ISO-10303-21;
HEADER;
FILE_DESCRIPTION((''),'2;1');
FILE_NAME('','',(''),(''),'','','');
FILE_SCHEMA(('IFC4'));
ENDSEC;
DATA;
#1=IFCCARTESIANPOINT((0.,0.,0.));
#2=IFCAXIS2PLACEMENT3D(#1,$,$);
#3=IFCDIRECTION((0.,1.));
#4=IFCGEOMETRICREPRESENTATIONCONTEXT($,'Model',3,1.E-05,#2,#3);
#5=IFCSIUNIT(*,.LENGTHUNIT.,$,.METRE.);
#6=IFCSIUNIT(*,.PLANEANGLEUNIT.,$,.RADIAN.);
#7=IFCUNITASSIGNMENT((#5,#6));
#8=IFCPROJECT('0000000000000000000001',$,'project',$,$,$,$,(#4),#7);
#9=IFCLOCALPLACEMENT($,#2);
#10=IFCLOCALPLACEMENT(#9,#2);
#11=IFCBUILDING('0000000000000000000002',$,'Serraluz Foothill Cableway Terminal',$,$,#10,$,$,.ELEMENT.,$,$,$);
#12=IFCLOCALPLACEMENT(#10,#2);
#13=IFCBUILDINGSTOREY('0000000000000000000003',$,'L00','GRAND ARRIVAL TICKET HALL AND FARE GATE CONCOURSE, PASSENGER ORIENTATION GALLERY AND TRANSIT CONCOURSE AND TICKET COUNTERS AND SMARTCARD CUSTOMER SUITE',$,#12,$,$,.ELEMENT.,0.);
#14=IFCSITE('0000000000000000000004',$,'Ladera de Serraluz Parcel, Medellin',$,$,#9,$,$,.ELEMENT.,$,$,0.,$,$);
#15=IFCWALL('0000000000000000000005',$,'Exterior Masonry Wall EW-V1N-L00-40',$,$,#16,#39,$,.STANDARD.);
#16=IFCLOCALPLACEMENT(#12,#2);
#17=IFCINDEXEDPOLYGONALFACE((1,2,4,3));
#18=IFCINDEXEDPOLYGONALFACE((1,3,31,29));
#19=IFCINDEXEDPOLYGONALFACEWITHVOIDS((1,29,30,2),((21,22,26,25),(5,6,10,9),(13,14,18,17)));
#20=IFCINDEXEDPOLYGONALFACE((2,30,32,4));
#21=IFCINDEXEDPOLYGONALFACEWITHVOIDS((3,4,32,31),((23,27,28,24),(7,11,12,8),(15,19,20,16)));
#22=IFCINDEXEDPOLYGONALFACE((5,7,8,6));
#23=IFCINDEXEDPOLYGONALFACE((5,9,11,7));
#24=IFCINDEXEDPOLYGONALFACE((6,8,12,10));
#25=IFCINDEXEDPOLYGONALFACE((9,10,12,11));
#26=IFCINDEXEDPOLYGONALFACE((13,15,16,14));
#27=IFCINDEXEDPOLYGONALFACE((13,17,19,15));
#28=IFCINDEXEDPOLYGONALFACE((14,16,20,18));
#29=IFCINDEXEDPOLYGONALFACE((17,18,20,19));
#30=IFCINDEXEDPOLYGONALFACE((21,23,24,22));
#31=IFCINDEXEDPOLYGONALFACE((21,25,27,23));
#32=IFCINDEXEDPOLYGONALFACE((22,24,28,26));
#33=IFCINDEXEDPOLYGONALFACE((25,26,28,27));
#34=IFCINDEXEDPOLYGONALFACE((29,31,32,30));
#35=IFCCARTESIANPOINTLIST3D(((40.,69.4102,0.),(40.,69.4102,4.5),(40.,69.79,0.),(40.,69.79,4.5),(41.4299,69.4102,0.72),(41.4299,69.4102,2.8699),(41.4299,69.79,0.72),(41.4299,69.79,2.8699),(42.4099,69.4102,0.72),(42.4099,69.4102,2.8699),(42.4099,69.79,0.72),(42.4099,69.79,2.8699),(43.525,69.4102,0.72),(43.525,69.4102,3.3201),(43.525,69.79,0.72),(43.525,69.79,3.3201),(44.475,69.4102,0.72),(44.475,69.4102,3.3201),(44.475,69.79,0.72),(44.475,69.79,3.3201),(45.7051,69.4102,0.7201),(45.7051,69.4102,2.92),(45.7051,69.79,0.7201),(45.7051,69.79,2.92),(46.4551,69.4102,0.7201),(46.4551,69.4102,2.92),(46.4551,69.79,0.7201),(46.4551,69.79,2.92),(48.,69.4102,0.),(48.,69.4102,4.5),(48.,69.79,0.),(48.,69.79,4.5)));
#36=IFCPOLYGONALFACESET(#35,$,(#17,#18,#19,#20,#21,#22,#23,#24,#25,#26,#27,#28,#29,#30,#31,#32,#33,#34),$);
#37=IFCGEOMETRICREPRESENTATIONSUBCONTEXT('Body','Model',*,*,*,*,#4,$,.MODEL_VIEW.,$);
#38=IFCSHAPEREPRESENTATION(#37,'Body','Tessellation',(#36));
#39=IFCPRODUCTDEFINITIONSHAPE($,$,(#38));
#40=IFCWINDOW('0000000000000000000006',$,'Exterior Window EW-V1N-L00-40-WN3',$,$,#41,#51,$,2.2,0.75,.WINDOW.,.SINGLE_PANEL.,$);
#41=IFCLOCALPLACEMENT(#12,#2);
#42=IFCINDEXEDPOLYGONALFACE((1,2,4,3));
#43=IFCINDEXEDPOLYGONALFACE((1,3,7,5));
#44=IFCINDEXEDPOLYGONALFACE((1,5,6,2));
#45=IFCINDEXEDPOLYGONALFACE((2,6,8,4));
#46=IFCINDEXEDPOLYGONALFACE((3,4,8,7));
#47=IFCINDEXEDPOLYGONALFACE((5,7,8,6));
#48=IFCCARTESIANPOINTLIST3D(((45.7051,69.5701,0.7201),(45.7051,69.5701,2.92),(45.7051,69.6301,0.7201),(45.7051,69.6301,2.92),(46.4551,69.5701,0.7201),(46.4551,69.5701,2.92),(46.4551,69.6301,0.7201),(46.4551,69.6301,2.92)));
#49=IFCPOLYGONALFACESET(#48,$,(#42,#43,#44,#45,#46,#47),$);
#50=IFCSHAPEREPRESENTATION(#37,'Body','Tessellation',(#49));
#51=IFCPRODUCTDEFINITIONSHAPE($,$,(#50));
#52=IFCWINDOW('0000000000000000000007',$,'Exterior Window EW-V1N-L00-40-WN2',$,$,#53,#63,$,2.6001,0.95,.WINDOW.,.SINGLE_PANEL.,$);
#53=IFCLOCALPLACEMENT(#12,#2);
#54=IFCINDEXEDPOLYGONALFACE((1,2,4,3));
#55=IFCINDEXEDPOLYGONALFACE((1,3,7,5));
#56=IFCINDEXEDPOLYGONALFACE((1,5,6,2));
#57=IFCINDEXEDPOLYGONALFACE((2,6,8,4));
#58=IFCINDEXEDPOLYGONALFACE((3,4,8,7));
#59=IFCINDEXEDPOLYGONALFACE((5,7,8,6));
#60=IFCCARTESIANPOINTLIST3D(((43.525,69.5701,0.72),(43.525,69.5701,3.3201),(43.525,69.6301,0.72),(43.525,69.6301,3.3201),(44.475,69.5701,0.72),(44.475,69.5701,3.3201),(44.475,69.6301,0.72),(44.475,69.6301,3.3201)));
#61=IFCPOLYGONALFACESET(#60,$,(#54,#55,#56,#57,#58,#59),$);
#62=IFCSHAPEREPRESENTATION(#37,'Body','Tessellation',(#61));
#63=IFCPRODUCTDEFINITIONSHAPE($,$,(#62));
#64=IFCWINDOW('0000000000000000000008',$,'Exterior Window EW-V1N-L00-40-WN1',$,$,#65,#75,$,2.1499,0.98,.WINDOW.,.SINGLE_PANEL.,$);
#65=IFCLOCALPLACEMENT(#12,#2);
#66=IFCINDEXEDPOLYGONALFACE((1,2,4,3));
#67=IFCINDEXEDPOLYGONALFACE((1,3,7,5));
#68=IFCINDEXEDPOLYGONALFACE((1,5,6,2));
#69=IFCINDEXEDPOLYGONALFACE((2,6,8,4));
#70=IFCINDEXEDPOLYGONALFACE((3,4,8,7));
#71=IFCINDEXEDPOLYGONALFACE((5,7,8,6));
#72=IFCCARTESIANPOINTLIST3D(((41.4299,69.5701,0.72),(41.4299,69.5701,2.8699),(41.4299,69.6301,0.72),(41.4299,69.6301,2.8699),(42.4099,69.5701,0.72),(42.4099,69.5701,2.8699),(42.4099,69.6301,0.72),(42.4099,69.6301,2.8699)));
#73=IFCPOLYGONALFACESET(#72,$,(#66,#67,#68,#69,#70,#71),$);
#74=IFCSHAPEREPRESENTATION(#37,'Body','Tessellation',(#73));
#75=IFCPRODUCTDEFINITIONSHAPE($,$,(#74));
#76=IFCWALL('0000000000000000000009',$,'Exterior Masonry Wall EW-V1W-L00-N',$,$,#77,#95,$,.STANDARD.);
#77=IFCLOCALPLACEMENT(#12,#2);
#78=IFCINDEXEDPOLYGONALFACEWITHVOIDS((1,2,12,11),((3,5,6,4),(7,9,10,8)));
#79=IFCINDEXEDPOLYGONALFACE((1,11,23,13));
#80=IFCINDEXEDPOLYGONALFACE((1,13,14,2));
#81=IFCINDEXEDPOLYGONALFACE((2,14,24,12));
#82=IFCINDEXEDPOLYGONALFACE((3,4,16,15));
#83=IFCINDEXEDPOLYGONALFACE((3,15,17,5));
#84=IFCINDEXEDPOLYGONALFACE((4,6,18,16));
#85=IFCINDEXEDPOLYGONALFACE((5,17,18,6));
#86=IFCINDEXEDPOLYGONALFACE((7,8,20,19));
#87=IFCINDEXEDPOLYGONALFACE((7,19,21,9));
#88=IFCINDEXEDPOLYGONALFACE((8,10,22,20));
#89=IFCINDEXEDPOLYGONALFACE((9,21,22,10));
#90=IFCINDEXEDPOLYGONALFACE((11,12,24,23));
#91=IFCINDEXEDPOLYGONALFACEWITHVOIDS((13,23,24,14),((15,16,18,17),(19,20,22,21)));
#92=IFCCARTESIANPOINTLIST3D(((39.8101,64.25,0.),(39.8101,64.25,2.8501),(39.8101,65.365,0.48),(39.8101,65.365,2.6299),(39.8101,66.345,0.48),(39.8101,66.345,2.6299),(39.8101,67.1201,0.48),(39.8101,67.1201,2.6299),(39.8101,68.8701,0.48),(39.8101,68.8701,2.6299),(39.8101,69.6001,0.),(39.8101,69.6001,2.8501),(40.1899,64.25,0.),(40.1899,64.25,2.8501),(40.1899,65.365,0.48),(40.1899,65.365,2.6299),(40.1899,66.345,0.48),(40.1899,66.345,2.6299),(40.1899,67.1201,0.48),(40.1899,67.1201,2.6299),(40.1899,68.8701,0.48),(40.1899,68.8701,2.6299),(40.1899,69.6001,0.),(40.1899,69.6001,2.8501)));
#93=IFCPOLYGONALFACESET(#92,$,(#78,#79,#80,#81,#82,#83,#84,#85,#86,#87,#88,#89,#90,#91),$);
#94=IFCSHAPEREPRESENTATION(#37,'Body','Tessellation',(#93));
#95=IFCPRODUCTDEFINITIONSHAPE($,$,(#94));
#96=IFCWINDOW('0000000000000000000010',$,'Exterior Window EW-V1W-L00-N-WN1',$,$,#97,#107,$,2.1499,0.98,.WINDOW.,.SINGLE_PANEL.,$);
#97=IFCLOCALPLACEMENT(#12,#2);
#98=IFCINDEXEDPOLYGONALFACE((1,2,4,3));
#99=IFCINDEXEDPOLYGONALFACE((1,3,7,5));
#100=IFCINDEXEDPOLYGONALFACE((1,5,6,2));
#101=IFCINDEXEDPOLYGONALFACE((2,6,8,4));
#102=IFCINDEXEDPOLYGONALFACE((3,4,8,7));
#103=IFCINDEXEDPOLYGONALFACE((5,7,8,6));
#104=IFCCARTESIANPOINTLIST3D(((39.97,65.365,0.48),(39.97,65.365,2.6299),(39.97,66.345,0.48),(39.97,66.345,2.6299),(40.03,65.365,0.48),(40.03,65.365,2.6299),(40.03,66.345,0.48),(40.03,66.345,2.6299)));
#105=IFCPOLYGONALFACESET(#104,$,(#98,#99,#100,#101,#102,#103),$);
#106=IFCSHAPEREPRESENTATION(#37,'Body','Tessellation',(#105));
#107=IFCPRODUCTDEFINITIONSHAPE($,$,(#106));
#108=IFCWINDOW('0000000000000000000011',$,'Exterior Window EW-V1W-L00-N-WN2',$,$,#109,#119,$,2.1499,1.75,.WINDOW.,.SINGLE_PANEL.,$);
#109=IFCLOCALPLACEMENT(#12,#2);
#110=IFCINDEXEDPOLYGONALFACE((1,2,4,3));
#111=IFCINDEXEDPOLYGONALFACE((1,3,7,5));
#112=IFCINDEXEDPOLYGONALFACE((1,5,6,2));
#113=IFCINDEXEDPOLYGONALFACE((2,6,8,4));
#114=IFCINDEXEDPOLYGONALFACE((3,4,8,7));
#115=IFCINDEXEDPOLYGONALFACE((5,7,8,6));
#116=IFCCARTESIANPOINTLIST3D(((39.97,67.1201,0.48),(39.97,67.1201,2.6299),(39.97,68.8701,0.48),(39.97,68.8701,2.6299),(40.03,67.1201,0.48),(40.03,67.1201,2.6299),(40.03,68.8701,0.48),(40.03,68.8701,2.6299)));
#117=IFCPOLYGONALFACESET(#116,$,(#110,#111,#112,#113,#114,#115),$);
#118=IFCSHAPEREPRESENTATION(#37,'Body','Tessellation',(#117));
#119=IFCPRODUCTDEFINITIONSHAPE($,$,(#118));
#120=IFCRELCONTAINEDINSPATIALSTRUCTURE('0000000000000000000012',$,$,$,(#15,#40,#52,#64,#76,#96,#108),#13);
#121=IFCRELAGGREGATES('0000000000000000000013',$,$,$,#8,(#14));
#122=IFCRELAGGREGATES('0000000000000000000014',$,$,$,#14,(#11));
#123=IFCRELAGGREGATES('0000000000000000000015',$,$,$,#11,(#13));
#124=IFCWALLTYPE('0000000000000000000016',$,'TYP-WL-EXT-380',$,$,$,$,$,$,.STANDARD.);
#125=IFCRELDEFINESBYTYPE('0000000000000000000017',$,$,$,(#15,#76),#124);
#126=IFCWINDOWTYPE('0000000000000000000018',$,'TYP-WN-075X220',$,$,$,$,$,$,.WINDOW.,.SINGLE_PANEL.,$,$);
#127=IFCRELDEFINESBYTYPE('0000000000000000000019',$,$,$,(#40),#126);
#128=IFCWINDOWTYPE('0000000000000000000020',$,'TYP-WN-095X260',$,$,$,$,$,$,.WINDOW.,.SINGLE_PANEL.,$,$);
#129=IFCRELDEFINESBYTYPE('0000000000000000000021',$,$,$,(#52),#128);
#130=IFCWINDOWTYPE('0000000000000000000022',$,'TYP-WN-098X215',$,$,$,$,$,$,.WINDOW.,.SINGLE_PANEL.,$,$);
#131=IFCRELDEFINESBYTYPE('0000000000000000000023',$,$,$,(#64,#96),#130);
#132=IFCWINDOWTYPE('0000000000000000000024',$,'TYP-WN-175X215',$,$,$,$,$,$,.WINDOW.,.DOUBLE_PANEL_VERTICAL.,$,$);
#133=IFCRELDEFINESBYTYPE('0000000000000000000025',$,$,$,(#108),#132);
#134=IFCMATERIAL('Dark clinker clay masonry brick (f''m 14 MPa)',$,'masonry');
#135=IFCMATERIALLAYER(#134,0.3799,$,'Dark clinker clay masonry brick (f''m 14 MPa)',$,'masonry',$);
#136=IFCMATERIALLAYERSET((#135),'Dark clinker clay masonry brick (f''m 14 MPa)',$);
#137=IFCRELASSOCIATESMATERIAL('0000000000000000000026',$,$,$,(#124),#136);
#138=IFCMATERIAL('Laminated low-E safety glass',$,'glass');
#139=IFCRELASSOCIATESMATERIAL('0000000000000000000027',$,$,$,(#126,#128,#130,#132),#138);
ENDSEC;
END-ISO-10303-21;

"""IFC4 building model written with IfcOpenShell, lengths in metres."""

from ifc_helpers import new_model, si_unit, direction, frame, frame_2d, origin, place, context, subcontext, project, spatial, rectangle, extrude, material, layer, layer_set, type_object, element, fill, save


model = new_model("IFC4")

# Units and contexts
model_context = context("Model", 3, precision=1e-05, world=origin(), true_north=direction((0.0, 1.0)))
body_context = subcontext(model_context, "Body", "Model", "MODEL_VIEW")
ifc_project = project(units=[si_unit("LENGTHUNIT", "METRE"), si_unit("PLANEANGLEUNIT", "RADIAN")], contexts=[model_context])

# Site, building, storey
site_placement = place(None, origin())
site = spatial("IfcSite", under=ifc_project, at=site_placement, Name="Ladera de Serraluz Parcel, Medellin", CompositionType="ELEMENT", RefElevation=0.0)
building_placement = place(site_placement, origin())
building = spatial("IfcBuilding", under=site, at=building_placement, Name="Serraluz Foothill Cableway Terminal", CompositionType="ELEMENT")
storey_placement = place(building_placement, origin())
storey = spatial("IfcBuildingStorey", under=building, at=storey_placement, Name="L00", Description="GRAND ARRIVAL TICKET HALL AND FARE GATE CONCOURSE, PASSENGER ORIENTATION GALLERY AND TRANSIT CONCOURSE AND TICKET COUNTERS AND SMARTCARD CUSTOMER SUITE", CompositionType="ELEMENT", Elevation=0.0)

# Walls, openings, windows
ifc_material_1 = material(Name="Dark clinker clay masonry brick (f'm 14 MPa)", Category="masonry")
ifc_layer_1 = layer(ifc_material_1, 0.3799, Name="Dark clinker clay masonry brick (f'm 14 MPa)", Category="masonry")
ifc_layer_set_1 = layer_set([ifc_layer_1], Name="Dark clinker clay masonry brick (f'm 14 MPa)")
wall_type = type_object("IfcWallType", Name="TYP-WL-EXT-380", PredefinedType="STANDARD", material=ifc_layer_set_1)
wall_1_placement = place(storey_placement, frame((40.0, 69.6001, 0.0), z_axis=(0.0, 0.0, 1.0), x_axis=(1.0, 0.0, 0.0)))
wall_1 = element("IfcWall", 1, at=wall_1_placement, inside=storey, type_object=wall_type, Name="Exterior Masonry Wall EW-V1N-L00-40", PredefinedType="STANDARD", context=body_context, shape_type="SweptSolid", body=[
    extrude(rectangle(XDim=8.0, YDim=0.3799, at=frame_2d((4.0, 0.0))), origin(), (0.0, 0.0, 1.0), 4.5),
])
opening_1_placement = place(wall_1_placement, frame((1.4299, 0.0, 0.72)))
opening_1 = element("IfcOpeningElement", 2, at=opening_1_placement, cuts=wall_1, PredefinedType="OPENING", context=body_context, shape_type="SweptSolid", body=[
    extrude(rectangle(XDim=0.98, YDim=2.1499, at=frame_2d((0.49, 1.075))), frame((0.0, 0.2, 0.0), z_axis=(0.0, -1.0, 0.0), x_axis=(1.0, 0.0, 0.0)), (0.0, 0.0, 1.0), 0.3999),
])
opening_2_placement = place(wall_1_placement, frame((3.5249, 0.0, 0.72)))
opening_2 = element("IfcOpeningElement", 3, at=opening_2_placement, cuts=wall_1, PredefinedType="OPENING", context=body_context, shape_type="SweptSolid", body=[
    extrude(rectangle(XDim=0.95, YDim=2.6001, at=frame_2d((0.4751, 1.3))), frame((0.0, 0.2, 0.0), z_axis=(0.0, -1.0, 0.0), x_axis=(1.0, 0.0, 0.0)), (0.0, 0.0, 1.0), 0.3999),
])
opening_3_placement = place(wall_1_placement, frame((5.7051, 0.0, 0.72)))
opening_3 = element("IfcOpeningElement", 4, at=opening_3_placement, cuts=wall_1, PredefinedType="OPENING", context=body_context, shape_type="SweptSolid", body=[
    extrude(rectangle(XDim=0.75, YDim=2.2, at=frame_2d((0.375, 1.1001))), frame((0.0, 0.2, 0.0), z_axis=(0.0, -1.0, 0.0), x_axis=(1.0, 0.0, 0.0)), (0.0, 0.0, 1.0), 0.3999),
])
ifc_material_2 = material(Name="Laminated low-E safety glass", Category="glass")
window_type_1 = type_object("IfcWindowType", Name="TYP-WN-075X220", PartitioningType="SINGLE_PANEL", PredefinedType="WINDOW", material=ifc_material_2)
window_1_placement = place(opening_3_placement, origin())
window_1 = element("IfcWindow", 5, at=window_1_placement, inside=storey, type_object=window_type_1, Name="Exterior Window EW-V1N-L00-40-WN3", OverallHeight=2.2, OverallWidth=0.75, PartitioningType="SINGLE_PANEL", PredefinedType="WINDOW", context=body_context, shape_type="SweptSolid", body=[
    extrude(rectangle(XDim=0.75, YDim=2.2, at=frame_2d((0.375, 1.1001))), frame((0.0, 0.03, 0.0), z_axis=(0.0, -1.0, 0.0), x_axis=(1.0, 0.0, 0.0)), (0.0, 0.0, 1.0), 0.0601),
])
fill(opening_3, window_1)
window_type_2 = type_object("IfcWindowType", Name="TYP-WN-095X260", PartitioningType="SINGLE_PANEL", PredefinedType="WINDOW", material=ifc_material_2)
window_2_placement = place(opening_2_placement, origin())
window_2 = element("IfcWindow", 6, at=window_2_placement, inside=storey, type_object=window_type_2, Name="Exterior Window EW-V1N-L00-40-WN2", OverallHeight=2.6001, OverallWidth=0.95, PartitioningType="SINGLE_PANEL", PredefinedType="WINDOW", context=body_context, shape_type="SweptSolid", body=[
    extrude(rectangle(XDim=0.95, YDim=2.6001, at=frame_2d((0.4751, 1.3))), frame((0.0, 0.03, 0.0), z_axis=(0.0, -1.0, 0.0), x_axis=(1.0, 0.0, 0.0)), (0.0, 0.0, 1.0), 0.0601),
])
fill(opening_2, window_2)
window_type_3 = type_object("IfcWindowType", Name="TYP-WN-098X215", PartitioningType="SINGLE_PANEL", PredefinedType="WINDOW", material=ifc_material_2)
window_3_placement = place(opening_1_placement, origin())
window_3 = element("IfcWindow", 7, at=window_3_placement, inside=storey, type_object=window_type_3, Name="Exterior Window EW-V1N-L00-40-WN1", OverallHeight=2.1499, OverallWidth=0.98, PartitioningType="SINGLE_PANEL", PredefinedType="WINDOW", context=body_context, shape_type="SweptSolid", body=[
    extrude(rectangle(XDim=0.98, YDim=2.1499, at=frame_2d((0.49, 1.075))), frame((0.0, 0.03, 0.0), z_axis=(0.0, -1.0, 0.0), x_axis=(1.0, 0.0, 0.0)), (0.0, 0.0, 1.0), 0.0601),
])
fill(opening_1, window_3)
wall_2_placement = place(storey_placement, frame((40.0, 64.25, 0.0), z_axis=(0.0, 0.0, 1.0), x_axis=(0.0, 1.0, 0.0)))
wall_2 = element("IfcWall", 8, at=wall_2_placement, inside=storey, type_object=wall_type, Name="Exterior Masonry Wall EW-V1W-L00-N", PredefinedType="STANDARD", context=body_context, shape_type="SweptSolid", body=[
    extrude(rectangle(XDim=5.3501, YDim=0.3799, at=frame_2d((2.675, 0.0))), origin(), (0.0, 0.0, 1.0), 2.8501),
])
opening_4_placement = place(wall_2_placement, frame((1.115, 0.0, 0.48)))
opening_4 = element("IfcOpeningElement", 9, at=opening_4_placement, cuts=wall_2, PredefinedType="OPENING", context=body_context, shape_type="SweptSolid", body=[
    extrude(rectangle(XDim=0.98, YDim=2.1499, at=frame_2d((0.49, 1.075))), frame((0.0, 0.2, 0.0), z_axis=(0.0, -1.0, 0.0), x_axis=(1.0, 0.0, 0.0)), (0.0, 0.0, 1.0), 0.3999),
])
opening_5_placement = place(wall_2_placement, frame((2.8701, 0.0, 0.48)))
opening_5 = element("IfcOpeningElement", 10, at=opening_5_placement, cuts=wall_2, PredefinedType="OPENING", context=body_context, shape_type="SweptSolid", body=[
    extrude(rectangle(XDim=1.75, YDim=2.1499, at=frame_2d((0.875, 1.075))), frame((0.0, 0.2, 0.0), z_axis=(0.0, -1.0, 0.0), x_axis=(1.0, 0.0, 0.0)), (0.0, 0.0, 1.0), 0.3999),
])
window_4_placement = place(opening_4_placement, origin())
window_4 = element("IfcWindow", 11, at=window_4_placement, inside=storey, type_object=window_type_3, Name="Exterior Window EW-V1W-L00-N-WN1", OverallHeight=2.1499, OverallWidth=0.98, PartitioningType="SINGLE_PANEL", PredefinedType="WINDOW", context=body_context, shape_type="SweptSolid", body=[
    extrude(rectangle(XDim=0.98, YDim=2.1499, at=frame_2d((0.49, 1.075))), frame((0.0, 0.03, 0.0), z_axis=(0.0, -1.0, 0.0), x_axis=(1.0, 0.0, 0.0)), (0.0, 0.0, 1.0), 0.0601),
])
fill(opening_4, window_4)
window_type_4 = type_object("IfcWindowType", Name="TYP-WN-175X215", PartitioningType="DOUBLE_PANEL_VERTICAL", PredefinedType="WINDOW", material=ifc_material_2)
window_5_placement = place(opening_5_placement, origin())
window_5 = element("IfcWindow", 12, at=window_5_placement, inside=storey, type_object=window_type_4, Name="Exterior Window EW-V1W-L00-N-WN2", OverallHeight=2.1499, OverallWidth=1.75, PartitioningType="SINGLE_PANEL", PredefinedType="WINDOW", context=body_context, shape_type="SweptSolid", body=[
    extrude(rectangle(XDim=1.75, YDim=2.1499, at=frame_2d((0.875, 1.075))), frame((0.0, 0.03, 0.0), z_axis=(0.0, -1.0, 0.0), x_axis=(1.0, 0.0, 0.0)), (0.0, 0.0, 1.0), 0.0601),
])
fill(opening_5, window_5)

save(model, "model.ifc")
